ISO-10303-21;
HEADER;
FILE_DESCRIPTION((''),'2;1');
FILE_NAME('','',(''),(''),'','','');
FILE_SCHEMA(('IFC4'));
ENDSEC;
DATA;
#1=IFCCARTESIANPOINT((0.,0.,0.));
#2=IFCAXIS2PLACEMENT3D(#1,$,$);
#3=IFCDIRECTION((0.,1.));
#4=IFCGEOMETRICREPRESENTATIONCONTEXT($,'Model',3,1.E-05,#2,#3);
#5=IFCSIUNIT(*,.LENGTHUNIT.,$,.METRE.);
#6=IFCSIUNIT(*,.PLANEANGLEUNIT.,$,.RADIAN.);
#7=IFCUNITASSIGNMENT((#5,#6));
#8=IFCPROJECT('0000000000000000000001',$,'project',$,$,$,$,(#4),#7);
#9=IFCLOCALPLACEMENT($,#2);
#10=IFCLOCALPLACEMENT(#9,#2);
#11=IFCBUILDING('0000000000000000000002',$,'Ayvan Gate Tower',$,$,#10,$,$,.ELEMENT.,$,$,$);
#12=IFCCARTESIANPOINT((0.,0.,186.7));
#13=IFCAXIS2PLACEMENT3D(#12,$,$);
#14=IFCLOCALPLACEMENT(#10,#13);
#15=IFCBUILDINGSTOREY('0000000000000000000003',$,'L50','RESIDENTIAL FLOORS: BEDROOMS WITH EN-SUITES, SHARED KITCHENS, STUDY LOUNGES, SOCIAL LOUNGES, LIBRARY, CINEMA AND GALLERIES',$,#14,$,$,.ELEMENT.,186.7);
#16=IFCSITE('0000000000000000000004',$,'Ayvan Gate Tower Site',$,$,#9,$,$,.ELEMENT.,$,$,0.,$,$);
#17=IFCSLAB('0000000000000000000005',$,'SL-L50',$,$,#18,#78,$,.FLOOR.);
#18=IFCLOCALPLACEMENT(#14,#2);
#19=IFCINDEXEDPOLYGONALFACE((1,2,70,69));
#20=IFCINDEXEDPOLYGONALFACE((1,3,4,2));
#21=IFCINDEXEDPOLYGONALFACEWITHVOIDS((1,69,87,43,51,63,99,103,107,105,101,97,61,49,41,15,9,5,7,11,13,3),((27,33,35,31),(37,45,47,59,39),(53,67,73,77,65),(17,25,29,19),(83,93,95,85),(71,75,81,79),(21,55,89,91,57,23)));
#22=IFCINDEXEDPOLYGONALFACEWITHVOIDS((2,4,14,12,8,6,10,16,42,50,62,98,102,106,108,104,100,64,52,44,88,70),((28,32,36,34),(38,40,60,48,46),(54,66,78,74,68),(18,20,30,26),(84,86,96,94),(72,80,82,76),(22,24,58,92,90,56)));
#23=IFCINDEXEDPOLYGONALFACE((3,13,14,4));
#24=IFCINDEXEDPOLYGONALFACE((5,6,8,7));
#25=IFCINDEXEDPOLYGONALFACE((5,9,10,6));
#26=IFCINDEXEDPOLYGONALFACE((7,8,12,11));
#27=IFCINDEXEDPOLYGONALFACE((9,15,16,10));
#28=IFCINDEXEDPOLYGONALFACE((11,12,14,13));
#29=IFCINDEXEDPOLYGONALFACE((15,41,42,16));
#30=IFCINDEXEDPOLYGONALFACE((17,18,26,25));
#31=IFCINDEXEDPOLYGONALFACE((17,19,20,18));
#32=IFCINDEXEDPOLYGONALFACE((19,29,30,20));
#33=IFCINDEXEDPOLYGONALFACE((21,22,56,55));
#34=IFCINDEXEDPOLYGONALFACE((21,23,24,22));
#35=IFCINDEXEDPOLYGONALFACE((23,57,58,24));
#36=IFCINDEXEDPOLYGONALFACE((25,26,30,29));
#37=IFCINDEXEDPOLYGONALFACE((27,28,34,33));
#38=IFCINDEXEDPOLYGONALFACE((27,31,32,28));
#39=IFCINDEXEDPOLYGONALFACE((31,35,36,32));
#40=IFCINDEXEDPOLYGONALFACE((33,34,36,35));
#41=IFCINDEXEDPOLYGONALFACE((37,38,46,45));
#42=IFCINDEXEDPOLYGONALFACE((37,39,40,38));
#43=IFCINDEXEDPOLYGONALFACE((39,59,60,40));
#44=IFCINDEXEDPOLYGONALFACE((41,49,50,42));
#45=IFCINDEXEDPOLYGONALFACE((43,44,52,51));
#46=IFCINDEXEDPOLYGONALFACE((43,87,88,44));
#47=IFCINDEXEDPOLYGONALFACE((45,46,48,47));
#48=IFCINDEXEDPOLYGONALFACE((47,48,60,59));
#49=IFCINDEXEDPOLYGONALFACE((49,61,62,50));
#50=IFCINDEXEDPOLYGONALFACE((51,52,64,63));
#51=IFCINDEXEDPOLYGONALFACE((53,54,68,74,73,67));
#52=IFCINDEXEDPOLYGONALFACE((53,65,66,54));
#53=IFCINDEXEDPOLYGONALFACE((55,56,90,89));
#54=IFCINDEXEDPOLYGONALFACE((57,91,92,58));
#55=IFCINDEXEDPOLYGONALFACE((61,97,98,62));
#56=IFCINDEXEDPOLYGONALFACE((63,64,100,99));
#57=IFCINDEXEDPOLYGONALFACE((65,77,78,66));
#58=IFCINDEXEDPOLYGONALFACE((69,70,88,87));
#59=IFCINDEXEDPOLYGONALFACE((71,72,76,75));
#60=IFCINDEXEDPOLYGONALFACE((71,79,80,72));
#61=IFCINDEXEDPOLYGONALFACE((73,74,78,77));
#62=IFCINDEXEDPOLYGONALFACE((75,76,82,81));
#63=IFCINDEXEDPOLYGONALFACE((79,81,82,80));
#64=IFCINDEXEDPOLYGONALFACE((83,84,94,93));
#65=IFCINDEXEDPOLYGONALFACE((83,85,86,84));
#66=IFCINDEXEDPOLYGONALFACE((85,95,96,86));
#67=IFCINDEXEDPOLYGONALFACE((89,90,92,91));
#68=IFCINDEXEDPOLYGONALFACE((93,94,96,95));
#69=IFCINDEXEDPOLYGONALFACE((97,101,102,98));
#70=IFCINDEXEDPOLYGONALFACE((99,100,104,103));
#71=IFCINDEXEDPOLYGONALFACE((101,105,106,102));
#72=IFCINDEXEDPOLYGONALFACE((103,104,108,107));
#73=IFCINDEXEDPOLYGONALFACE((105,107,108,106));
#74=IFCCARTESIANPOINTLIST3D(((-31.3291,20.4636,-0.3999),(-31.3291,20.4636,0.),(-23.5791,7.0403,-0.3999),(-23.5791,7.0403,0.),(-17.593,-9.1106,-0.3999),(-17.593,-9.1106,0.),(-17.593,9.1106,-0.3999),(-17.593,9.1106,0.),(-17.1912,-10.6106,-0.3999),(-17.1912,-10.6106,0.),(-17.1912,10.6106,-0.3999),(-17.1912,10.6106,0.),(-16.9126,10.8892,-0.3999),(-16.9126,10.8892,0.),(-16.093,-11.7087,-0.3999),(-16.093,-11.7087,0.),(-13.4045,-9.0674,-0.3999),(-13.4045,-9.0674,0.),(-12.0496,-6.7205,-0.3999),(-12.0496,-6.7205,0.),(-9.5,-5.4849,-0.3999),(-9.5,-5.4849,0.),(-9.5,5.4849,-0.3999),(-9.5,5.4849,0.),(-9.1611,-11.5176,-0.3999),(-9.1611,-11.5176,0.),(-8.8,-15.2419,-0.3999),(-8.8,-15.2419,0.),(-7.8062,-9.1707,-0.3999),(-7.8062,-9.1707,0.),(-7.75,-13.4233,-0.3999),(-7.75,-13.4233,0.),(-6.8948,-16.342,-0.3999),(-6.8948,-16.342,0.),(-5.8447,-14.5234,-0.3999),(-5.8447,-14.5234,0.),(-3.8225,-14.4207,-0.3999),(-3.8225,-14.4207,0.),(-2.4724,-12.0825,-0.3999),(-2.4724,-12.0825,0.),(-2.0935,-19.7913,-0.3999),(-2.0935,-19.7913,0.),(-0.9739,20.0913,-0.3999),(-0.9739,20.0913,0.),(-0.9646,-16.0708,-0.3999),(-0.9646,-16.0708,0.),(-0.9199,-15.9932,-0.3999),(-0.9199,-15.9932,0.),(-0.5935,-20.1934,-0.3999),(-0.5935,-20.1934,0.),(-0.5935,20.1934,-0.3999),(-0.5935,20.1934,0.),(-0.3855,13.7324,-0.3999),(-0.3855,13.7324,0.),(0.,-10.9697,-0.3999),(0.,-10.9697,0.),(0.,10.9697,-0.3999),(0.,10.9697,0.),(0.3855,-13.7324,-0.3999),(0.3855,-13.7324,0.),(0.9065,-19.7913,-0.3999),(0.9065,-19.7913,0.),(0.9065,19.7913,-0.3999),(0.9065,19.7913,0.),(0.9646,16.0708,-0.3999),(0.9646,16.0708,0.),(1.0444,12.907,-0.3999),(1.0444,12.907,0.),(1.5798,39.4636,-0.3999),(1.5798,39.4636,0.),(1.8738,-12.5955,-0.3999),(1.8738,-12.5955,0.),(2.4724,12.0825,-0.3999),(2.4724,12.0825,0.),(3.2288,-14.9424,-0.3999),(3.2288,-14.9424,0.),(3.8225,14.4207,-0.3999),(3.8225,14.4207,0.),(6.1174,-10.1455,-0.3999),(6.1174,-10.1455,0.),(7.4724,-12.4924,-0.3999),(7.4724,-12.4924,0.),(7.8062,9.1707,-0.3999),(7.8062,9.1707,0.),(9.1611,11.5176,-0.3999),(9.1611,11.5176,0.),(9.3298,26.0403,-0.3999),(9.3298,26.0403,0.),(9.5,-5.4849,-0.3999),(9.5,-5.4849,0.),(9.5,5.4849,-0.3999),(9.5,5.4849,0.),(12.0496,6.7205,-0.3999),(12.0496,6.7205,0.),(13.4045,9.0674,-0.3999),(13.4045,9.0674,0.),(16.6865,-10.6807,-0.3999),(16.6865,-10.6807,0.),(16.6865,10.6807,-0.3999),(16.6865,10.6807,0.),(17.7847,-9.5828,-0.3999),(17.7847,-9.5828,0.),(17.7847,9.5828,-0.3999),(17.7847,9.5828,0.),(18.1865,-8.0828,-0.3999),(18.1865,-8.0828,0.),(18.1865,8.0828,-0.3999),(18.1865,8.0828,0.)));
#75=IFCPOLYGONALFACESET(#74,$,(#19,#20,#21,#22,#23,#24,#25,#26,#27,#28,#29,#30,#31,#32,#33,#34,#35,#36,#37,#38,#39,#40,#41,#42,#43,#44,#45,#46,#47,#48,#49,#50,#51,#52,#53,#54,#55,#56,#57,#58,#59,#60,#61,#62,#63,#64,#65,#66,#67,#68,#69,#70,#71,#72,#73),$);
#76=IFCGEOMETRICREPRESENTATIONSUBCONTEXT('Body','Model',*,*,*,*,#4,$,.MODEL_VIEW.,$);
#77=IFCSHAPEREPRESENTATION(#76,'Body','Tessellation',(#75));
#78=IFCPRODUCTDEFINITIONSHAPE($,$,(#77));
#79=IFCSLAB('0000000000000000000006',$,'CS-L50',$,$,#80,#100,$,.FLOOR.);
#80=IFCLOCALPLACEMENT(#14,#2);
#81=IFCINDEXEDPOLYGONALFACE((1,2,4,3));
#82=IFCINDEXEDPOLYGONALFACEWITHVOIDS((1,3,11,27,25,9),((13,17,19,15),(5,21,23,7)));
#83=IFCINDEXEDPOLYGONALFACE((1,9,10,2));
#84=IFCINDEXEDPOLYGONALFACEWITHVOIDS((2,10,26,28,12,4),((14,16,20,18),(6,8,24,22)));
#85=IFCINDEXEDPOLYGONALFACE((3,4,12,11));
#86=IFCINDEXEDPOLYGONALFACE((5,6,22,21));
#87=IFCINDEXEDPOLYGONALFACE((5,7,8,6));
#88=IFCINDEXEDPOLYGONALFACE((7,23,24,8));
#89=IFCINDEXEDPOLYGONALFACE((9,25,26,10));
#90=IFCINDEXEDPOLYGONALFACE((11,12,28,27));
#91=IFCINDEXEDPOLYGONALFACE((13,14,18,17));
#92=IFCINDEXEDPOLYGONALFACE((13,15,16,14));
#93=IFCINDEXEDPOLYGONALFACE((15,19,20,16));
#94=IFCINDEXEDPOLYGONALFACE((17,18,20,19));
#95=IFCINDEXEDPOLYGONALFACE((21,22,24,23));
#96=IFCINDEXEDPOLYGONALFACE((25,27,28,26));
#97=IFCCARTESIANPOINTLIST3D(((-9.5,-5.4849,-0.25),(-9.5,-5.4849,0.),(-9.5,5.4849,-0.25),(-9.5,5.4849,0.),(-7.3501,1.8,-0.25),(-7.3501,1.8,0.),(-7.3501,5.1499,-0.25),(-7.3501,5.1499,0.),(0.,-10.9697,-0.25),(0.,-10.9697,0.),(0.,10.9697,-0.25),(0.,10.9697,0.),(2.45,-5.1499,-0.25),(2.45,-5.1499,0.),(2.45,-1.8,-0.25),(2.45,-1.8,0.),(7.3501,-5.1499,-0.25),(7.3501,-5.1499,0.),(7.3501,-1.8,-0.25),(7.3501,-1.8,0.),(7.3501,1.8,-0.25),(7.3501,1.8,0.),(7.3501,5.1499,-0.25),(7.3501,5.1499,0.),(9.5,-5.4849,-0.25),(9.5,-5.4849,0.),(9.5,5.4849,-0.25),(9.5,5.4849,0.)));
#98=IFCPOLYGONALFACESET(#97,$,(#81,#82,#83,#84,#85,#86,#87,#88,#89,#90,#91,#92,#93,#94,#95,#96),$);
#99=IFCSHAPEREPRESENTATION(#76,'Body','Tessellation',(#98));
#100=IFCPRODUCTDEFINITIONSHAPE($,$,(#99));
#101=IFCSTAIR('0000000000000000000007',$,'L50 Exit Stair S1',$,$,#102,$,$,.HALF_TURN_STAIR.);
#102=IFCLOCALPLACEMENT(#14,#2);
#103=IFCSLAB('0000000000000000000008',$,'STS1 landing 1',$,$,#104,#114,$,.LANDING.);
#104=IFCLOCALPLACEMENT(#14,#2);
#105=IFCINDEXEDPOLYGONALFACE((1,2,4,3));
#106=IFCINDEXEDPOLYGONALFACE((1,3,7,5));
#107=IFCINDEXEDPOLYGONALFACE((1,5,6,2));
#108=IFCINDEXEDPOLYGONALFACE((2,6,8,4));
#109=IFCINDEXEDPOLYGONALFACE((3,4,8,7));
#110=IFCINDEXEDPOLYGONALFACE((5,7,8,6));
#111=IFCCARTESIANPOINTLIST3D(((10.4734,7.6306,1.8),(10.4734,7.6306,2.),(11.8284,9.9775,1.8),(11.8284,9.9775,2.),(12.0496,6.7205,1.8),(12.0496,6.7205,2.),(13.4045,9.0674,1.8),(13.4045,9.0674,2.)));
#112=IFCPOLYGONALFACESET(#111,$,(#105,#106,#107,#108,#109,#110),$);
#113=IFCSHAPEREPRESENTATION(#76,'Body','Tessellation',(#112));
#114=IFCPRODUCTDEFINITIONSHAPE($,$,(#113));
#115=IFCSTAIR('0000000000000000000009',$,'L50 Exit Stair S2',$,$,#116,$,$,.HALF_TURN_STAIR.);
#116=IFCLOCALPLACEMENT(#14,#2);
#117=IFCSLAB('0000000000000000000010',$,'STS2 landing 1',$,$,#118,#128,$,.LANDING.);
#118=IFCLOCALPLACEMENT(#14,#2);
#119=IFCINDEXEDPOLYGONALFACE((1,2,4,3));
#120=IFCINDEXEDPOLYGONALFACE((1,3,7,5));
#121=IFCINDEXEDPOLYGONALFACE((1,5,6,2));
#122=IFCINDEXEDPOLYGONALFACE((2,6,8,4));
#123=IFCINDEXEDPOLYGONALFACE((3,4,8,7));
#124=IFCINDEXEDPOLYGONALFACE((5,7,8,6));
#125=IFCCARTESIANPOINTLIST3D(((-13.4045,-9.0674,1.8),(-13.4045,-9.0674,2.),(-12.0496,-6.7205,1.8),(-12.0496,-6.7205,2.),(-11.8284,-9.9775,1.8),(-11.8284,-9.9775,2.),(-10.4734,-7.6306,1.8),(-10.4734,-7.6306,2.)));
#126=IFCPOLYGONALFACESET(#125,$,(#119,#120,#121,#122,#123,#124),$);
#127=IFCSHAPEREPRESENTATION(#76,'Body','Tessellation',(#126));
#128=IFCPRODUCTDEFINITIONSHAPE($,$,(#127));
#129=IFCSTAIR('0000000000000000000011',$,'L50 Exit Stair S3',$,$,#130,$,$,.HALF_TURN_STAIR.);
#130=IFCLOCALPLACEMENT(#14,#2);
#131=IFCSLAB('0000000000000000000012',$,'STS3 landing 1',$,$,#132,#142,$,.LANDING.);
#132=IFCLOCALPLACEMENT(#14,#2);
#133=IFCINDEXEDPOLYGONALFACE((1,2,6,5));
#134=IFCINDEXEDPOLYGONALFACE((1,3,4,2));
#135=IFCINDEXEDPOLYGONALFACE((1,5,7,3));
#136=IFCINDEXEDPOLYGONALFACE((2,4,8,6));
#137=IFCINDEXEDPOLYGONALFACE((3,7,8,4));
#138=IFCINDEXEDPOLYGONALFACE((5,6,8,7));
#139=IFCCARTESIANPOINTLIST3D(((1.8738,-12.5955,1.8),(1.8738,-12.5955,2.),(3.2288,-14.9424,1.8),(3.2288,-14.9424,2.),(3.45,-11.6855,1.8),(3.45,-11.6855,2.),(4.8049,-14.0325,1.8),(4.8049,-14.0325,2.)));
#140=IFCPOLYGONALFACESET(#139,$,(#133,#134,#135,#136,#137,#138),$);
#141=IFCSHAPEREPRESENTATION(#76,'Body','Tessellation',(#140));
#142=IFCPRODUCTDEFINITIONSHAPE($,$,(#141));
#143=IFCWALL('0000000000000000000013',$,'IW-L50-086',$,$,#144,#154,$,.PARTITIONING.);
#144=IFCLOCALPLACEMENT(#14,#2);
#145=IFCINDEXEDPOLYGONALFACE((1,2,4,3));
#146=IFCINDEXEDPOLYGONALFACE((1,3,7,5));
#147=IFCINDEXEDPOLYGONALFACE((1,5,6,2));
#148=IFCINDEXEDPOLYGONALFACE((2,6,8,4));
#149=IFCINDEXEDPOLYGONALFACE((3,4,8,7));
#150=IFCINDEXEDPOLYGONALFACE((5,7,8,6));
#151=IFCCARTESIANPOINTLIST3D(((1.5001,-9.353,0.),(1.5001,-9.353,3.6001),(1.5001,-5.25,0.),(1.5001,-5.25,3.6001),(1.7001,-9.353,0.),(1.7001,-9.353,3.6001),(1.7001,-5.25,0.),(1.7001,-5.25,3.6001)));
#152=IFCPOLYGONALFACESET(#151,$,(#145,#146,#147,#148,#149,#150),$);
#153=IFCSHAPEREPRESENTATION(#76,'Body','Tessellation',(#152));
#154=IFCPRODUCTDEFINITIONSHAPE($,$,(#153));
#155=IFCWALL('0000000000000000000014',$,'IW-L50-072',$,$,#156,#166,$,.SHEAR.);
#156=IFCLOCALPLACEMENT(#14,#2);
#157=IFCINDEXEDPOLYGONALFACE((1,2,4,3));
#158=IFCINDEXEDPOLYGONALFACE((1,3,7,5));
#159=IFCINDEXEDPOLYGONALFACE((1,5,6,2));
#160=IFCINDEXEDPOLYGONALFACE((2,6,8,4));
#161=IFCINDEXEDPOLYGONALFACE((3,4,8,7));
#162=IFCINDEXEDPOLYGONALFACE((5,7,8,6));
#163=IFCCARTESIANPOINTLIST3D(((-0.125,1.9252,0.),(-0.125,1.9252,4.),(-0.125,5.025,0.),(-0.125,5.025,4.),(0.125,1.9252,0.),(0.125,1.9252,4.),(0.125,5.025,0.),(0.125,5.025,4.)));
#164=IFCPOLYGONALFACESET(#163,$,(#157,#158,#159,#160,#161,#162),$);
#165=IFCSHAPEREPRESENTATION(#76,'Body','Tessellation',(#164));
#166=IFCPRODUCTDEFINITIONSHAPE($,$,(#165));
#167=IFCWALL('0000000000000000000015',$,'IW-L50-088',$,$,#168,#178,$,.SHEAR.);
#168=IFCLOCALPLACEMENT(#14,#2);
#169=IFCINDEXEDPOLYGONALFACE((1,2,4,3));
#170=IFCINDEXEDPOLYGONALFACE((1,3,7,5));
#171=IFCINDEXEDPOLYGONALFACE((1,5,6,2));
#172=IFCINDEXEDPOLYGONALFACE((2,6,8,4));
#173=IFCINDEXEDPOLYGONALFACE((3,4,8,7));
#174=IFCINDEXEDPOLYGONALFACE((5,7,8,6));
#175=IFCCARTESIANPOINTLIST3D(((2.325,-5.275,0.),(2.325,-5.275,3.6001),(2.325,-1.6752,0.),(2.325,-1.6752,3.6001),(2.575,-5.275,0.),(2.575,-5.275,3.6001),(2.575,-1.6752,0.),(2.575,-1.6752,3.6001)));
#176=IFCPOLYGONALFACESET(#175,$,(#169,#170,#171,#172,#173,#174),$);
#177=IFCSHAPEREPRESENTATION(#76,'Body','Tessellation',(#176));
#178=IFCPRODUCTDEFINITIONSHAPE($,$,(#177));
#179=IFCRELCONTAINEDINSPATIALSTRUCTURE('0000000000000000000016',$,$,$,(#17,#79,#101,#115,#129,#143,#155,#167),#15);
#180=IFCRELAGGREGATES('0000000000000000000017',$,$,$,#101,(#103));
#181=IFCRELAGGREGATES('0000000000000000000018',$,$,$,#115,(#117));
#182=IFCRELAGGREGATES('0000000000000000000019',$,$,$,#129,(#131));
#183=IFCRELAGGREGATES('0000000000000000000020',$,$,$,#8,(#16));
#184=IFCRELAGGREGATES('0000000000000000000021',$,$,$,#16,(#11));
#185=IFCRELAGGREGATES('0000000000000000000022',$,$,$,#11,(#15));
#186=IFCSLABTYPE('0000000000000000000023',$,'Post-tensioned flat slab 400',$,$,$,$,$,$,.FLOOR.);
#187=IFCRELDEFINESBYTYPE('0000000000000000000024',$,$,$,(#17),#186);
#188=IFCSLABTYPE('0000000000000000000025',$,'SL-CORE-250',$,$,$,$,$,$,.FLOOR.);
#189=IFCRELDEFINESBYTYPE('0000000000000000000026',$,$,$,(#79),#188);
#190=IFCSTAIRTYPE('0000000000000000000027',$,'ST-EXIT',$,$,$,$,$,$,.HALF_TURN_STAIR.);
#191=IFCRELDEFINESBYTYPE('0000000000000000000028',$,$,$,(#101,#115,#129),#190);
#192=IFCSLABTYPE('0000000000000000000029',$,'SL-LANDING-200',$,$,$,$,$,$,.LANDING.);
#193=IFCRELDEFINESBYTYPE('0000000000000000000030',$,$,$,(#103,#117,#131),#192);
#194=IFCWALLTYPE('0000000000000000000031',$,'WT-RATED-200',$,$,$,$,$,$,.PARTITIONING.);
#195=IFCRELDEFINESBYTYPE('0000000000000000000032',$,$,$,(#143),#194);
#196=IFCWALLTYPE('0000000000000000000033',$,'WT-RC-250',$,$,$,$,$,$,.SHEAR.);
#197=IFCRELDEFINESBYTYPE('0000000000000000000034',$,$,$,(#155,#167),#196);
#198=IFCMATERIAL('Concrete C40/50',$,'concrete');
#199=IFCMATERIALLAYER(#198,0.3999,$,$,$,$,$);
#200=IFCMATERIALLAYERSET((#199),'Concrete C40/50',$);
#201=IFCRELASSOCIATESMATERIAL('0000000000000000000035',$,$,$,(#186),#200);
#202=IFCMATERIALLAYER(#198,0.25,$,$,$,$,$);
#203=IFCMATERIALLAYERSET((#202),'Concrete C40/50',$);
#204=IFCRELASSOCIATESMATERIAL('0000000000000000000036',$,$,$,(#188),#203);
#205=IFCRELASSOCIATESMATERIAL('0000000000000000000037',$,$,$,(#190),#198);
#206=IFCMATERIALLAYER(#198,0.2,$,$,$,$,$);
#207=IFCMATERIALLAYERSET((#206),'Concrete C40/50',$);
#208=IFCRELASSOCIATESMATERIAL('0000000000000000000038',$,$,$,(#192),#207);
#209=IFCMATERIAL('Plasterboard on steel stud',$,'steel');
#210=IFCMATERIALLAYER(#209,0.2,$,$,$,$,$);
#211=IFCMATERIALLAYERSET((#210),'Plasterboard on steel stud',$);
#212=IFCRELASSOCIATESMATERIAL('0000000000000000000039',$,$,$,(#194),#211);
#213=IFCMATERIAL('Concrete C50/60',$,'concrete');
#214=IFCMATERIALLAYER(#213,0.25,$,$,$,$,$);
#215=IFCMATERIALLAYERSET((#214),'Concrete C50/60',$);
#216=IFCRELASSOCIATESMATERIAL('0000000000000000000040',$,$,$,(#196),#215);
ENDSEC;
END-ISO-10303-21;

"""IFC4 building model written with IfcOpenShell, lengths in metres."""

from ifc_helpers import new_model, si_unit, direction, frame, frame_2d, origin, place, context, subcontext, project, spatial, polyline, rectangle, outline, extrude, material, layer, layer_set, type_object, element, aggregate, save


model = new_model("IFC4")

# Units and contexts
model_context = context("Model", 3, precision=1e-05, world=origin(), true_north=direction((0.0, 1.0)))
body_context = subcontext(model_context, "Body", "Model", "MODEL_VIEW")
ifc_project = project(units=[si_unit("LENGTHUNIT", "METRE"), si_unit("PLANEANGLEUNIT", "RADIAN")], contexts=[model_context])

# Site, building, storey
site_placement = place(None, origin())
site = spatial("IfcSite", under=ifc_project, at=site_placement, Name="Ayvan Gate Tower Site", CompositionType="ELEMENT", RefElevation=0.0)
building_placement = place(site_placement, origin())
building = spatial("IfcBuilding", under=site, at=building_placement, Name="Ayvan Gate Tower", CompositionType="ELEMENT")
storey_placement = place(building_placement, frame((0.0, 0.0, 186.7)))
storey = spatial("IfcBuildingStorey", under=building, at=storey_placement, Name="L50", Description="RESIDENTIAL FLOORS: BEDROOMS WITH EN-SUITES, SHARED KITCHENS, STUDY LOUNGES, SOCIAL LOUNGES, LIBRARY, CINEMA AND GALLERIES", CompositionType="ELEMENT", Elevation=186.7)

# Slabs
ifc_material_1 = material(Name="Concrete C40/50", Category="concrete")
ifc_layer_1 = layer(ifc_material_1, 0.3999)
ifc_layer_set_1 = layer_set([ifc_layer_1], Name="Concrete C40/50")
slab_type_1 = type_object("IfcSlabType", Name="Post-tensioned flat slab 400", PredefinedType="FLOOR", material=ifc_layer_set_1)
slab_1_placement = place(storey_placement, frame((0.0, 0.0, -0.3999)))
element("IfcSlab", 1, at=slab_1_placement, inside=storey, type_object=slab_type_1, Name="SL-L50", PredefinedType="FLOOR", context=body_context, shape_type="SweptSolid", body=[
    extrude(outline(polyline([(-2.0935, -19.7913), (-16.093, -11.7087), (-17.1912, -10.6106), (-17.593, -9.1106), (-17.593, 9.1106), (-17.1912, 10.6106), (-16.9126, 10.8892), (-23.5791, 7.0403), (-31.3291, 20.4636), (1.5798, 39.4636), (9.3298, 26.0403), (-0.9739, 20.0913), (-0.5935, 20.1934), (0.9065, 19.7913), (16.6865, 10.6807), (17.7847, 9.5828), (18.1865, 8.0828), (18.1865, -8.0828), (17.7847, -9.5828), (16.6865, -10.6807), (0.9065, -19.7913), (-0.5935, -20.1934), (-2.0935, -19.7913)]), holes=[polyline([(13.4045, 9.0674), (9.1611, 11.5176), (7.8062, 9.1707), (12.0496, 6.7205), (13.4045, 9.0674)]), polyline([(0.0, 10.9697), (-9.5, 5.4849), (-9.5, -5.4849), (0.0, -10.9697), (9.5, -5.4849), (9.5, 5.4849), (0.0, 10.9697)]), polyline([(3.2288, -14.9424), (7.4724, -12.4924), (6.1174, -10.1455), (1.8738, -12.5955), (3.2288, -14.9424)]), polyline([(3.8225, 14.4207), (0.9646, 16.0708), (-0.3855, 13.7324), (1.0444, 12.907), (2.4724, 12.0825), (3.8225, 14.4207)]), polyline([(0.3855, -13.7324), (-2.4724, -12.0825), (-3.8225, -14.4207), (-0.9646, -16.0708), (-0.9199, -15.9932), (0.3855, -13.7324)]), polyline([(-6.8948, -16.342), (-5.8447, -14.5234), (-7.75, -13.4233), (-8.8, -15.2419), (-6.8948, -16.342)]), polyline([(-7.8062, -9.1707), (-12.0496, -6.7205), (-13.4045, -9.0674), (-9.1611, -11.5176), (-7.8062, -9.1707)])]), origin(), (0.0, 0.0, 1.0), 0.3999),
])
ifc_layer_2 = layer(ifc_material_1, 0.25)
ifc_layer_set_2 = layer_set([ifc_layer_2], Name="Concrete C40/50")
slab_type_2 = type_object("IfcSlabType", Name="SL-CORE-250", PredefinedType="FLOOR", material=ifc_layer_set_2)
slab_2_placement = place(storey_placement, frame((0.0, 0.0, -0.25)))
element("IfcSlab", 2, at=slab_2_placement, inside=storey, type_object=slab_type_2, Name="CS-L50", PredefinedType="FLOOR", context=body_context, shape_type="SweptSolid", body=[
    extrude(outline(polyline([(9.5, -5.4849), (0.0, -10.9697), (-9.5, -5.4849), (-9.5, 5.4849), (0.0, 10.9697), (9.5, 5.4849), (9.5, -5.4849)]), holes=[polyline([(-7.3501, 5.1499), (-7.3501, 1.8), (7.3501, 1.8), (7.3501, 5.1499), (-7.3501, 5.1499)]), polyline([(2.45, -1.8), (2.45, -5.1499), (7.3501, -5.1499), (7.3501, -1.8), (2.45, -1.8)])]), origin(), (0.0, 0.0, 1.0), 0.25),
])

# Stairs, slabs
stair_type = type_object("IfcStairType", Name="ST-EXIT", PredefinedType="HALF_TURN_STAIR", material=ifc_material_1)
stair_1_placement = place(storey_placement, origin())
stair_1 = element("IfcStair", 3, at=stair_1_placement, inside=storey, type_object=stair_type, Name="L50 Exit Stair S1", PredefinedType="HALF_TURN_STAIR")
ifc_layer_3 = layer(ifc_material_1, 0.2)
ifc_layer_set_3 = layer_set([ifc_layer_3], Name="Concrete C40/50")
slab_type_3 = type_object("IfcSlabType", Name="SL-LANDING-200", PredefinedType="LANDING", material=ifc_layer_set_3)
slab_3_placement = place(storey_placement, frame((0.0, 0.0, 1.8)))
slab_3 = element("IfcSlab", 4, at=slab_3_placement, type_object=slab_type_3, Name="STS1 landing 1", PredefinedType="LANDING", context=body_context, shape_type="SweptSolid", body=[
    extrude(outline(polyline([(10.4734, 7.6306), (12.0496, 6.7205), (13.4045, 9.0674), (11.8284, 9.9775), (10.4734, 7.6306)])), origin(), (0.0, 0.0, 1.0), 0.2),
])
aggregate(stair_1, [slab_3])
stair_2_placement = place(storey_placement, origin())
stair_2 = element("IfcStair", 5, at=stair_2_placement, inside=storey, type_object=stair_type, Name="L50 Exit Stair S2", PredefinedType="HALF_TURN_STAIR")
slab_4_placement = place(storey_placement, frame((0.0, 0.0, 1.8)))
slab_4 = element("IfcSlab", 6, at=slab_4_placement, type_object=slab_type_3, Name="STS2 landing 1", PredefinedType="LANDING", context=body_context, shape_type="SweptSolid", body=[
    extrude(outline(polyline([(-10.4734, -7.6306), (-12.0496, -6.7205), (-13.4045, -9.0674), (-11.8284, -9.9775), (-10.4734, -7.6306)])), origin(), (0.0, 0.0, 1.0), 0.2),
])
aggregate(stair_2, [slab_4])
stair_3_placement = place(storey_placement, origin())
stair_3 = element("IfcStair", 7, at=stair_3_placement, inside=storey, type_object=stair_type, Name="L50 Exit Stair S3", PredefinedType="HALF_TURN_STAIR")
slab_5_placement = place(storey_placement, frame((0.0, 0.0, 1.8)))
slab_5 = element("IfcSlab", 8, at=slab_5_placement, type_object=slab_type_3, Name="STS3 landing 1", PredefinedType="LANDING", context=body_context, shape_type="SweptSolid", body=[
    extrude(outline(polyline([(3.45, -11.6855), (1.8738, -12.5955), (3.2288, -14.9424), (4.8049, -14.0325), (3.45, -11.6855)])), origin(), (0.0, 0.0, 1.0), 0.2),
])
aggregate(stair_3, [slab_5])

# Walls
ifc_material_2 = material(Name="Plasterboard on steel stud", Category="steel")
ifc_layer_4 = layer(ifc_material_2, 0.2)
ifc_layer_set_4 = layer_set([ifc_layer_4], Name="Plasterboard on steel stud")
wall_type_1 = type_object("IfcWallType", Name="WT-RATED-200", PredefinedType="PARTITIONING", material=ifc_layer_set_4)
wall_1_placement = place(storey_placement, frame((1.6001, -5.25, 0.0), z_axis=(0.0, 0.0, 1.0), x_axis=(0.0, -1.0, 0.0)))
element("IfcWall", 9, at=wall_1_placement, inside=storey, type_object=wall_type_1, Name="IW-L50-086", PredefinedType="PARTITIONING", context=body_context, shape_type="SweptSolid", body=[
    extrude(rectangle(XDim=4.103, YDim=0.2, at=frame_2d((2.0515, 0.0))), origin(), (0.0, 0.0, 1.0), 3.6001),
])
ifc_material_3 = material(Name="Concrete C50/60", Category="concrete")
ifc_layer_5 = layer(ifc_material_3, 0.25)
ifc_layer_set_5 = layer_set([ifc_layer_5], Name="Concrete C50/60")
wall_type_2 = type_object("IfcWallType", Name="WT-RC-250", PredefinedType="SHEAR", material=ifc_layer_set_5)
wall_2_placement = place(storey_placement, frame((0.0, 5.0249, 0.0), z_axis=(0.0, 0.0, 1.0), x_axis=(0.0, -1.0, 0.0)))
element("IfcWall", 10, at=wall_2_placement, inside=storey, type_object=wall_type_2, Name="IW-L50-072", PredefinedType="SHEAR", context=body_context, shape_type="SweptSolid", body=[
    extrude(rectangle(XDim=3.0999, YDim=0.25, at=frame_2d((1.5498, 0.0))), origin(), (0.0, 0.0, 1.0), 4.0),
])
wall_3_placement = place(storey_placement, frame((2.45, -5.2749, 0.0), z_axis=(0.0, 0.0, 1.0), x_axis=(0.0, 1.0, 0.0)))
element("IfcWall", 11, at=wall_3_placement, inside=storey, type_object=wall_type_2, Name="IW-L50-088", PredefinedType="SHEAR", context=body_context, shape_type="SweptSolid", body=[
    extrude(rectangle(XDim=3.5999, YDim=0.25, at=frame_2d((1.7998, 0.0))), origin(), (0.0, 0.0, 1.0), 3.6001),
])

save(model, "model.ifc")
